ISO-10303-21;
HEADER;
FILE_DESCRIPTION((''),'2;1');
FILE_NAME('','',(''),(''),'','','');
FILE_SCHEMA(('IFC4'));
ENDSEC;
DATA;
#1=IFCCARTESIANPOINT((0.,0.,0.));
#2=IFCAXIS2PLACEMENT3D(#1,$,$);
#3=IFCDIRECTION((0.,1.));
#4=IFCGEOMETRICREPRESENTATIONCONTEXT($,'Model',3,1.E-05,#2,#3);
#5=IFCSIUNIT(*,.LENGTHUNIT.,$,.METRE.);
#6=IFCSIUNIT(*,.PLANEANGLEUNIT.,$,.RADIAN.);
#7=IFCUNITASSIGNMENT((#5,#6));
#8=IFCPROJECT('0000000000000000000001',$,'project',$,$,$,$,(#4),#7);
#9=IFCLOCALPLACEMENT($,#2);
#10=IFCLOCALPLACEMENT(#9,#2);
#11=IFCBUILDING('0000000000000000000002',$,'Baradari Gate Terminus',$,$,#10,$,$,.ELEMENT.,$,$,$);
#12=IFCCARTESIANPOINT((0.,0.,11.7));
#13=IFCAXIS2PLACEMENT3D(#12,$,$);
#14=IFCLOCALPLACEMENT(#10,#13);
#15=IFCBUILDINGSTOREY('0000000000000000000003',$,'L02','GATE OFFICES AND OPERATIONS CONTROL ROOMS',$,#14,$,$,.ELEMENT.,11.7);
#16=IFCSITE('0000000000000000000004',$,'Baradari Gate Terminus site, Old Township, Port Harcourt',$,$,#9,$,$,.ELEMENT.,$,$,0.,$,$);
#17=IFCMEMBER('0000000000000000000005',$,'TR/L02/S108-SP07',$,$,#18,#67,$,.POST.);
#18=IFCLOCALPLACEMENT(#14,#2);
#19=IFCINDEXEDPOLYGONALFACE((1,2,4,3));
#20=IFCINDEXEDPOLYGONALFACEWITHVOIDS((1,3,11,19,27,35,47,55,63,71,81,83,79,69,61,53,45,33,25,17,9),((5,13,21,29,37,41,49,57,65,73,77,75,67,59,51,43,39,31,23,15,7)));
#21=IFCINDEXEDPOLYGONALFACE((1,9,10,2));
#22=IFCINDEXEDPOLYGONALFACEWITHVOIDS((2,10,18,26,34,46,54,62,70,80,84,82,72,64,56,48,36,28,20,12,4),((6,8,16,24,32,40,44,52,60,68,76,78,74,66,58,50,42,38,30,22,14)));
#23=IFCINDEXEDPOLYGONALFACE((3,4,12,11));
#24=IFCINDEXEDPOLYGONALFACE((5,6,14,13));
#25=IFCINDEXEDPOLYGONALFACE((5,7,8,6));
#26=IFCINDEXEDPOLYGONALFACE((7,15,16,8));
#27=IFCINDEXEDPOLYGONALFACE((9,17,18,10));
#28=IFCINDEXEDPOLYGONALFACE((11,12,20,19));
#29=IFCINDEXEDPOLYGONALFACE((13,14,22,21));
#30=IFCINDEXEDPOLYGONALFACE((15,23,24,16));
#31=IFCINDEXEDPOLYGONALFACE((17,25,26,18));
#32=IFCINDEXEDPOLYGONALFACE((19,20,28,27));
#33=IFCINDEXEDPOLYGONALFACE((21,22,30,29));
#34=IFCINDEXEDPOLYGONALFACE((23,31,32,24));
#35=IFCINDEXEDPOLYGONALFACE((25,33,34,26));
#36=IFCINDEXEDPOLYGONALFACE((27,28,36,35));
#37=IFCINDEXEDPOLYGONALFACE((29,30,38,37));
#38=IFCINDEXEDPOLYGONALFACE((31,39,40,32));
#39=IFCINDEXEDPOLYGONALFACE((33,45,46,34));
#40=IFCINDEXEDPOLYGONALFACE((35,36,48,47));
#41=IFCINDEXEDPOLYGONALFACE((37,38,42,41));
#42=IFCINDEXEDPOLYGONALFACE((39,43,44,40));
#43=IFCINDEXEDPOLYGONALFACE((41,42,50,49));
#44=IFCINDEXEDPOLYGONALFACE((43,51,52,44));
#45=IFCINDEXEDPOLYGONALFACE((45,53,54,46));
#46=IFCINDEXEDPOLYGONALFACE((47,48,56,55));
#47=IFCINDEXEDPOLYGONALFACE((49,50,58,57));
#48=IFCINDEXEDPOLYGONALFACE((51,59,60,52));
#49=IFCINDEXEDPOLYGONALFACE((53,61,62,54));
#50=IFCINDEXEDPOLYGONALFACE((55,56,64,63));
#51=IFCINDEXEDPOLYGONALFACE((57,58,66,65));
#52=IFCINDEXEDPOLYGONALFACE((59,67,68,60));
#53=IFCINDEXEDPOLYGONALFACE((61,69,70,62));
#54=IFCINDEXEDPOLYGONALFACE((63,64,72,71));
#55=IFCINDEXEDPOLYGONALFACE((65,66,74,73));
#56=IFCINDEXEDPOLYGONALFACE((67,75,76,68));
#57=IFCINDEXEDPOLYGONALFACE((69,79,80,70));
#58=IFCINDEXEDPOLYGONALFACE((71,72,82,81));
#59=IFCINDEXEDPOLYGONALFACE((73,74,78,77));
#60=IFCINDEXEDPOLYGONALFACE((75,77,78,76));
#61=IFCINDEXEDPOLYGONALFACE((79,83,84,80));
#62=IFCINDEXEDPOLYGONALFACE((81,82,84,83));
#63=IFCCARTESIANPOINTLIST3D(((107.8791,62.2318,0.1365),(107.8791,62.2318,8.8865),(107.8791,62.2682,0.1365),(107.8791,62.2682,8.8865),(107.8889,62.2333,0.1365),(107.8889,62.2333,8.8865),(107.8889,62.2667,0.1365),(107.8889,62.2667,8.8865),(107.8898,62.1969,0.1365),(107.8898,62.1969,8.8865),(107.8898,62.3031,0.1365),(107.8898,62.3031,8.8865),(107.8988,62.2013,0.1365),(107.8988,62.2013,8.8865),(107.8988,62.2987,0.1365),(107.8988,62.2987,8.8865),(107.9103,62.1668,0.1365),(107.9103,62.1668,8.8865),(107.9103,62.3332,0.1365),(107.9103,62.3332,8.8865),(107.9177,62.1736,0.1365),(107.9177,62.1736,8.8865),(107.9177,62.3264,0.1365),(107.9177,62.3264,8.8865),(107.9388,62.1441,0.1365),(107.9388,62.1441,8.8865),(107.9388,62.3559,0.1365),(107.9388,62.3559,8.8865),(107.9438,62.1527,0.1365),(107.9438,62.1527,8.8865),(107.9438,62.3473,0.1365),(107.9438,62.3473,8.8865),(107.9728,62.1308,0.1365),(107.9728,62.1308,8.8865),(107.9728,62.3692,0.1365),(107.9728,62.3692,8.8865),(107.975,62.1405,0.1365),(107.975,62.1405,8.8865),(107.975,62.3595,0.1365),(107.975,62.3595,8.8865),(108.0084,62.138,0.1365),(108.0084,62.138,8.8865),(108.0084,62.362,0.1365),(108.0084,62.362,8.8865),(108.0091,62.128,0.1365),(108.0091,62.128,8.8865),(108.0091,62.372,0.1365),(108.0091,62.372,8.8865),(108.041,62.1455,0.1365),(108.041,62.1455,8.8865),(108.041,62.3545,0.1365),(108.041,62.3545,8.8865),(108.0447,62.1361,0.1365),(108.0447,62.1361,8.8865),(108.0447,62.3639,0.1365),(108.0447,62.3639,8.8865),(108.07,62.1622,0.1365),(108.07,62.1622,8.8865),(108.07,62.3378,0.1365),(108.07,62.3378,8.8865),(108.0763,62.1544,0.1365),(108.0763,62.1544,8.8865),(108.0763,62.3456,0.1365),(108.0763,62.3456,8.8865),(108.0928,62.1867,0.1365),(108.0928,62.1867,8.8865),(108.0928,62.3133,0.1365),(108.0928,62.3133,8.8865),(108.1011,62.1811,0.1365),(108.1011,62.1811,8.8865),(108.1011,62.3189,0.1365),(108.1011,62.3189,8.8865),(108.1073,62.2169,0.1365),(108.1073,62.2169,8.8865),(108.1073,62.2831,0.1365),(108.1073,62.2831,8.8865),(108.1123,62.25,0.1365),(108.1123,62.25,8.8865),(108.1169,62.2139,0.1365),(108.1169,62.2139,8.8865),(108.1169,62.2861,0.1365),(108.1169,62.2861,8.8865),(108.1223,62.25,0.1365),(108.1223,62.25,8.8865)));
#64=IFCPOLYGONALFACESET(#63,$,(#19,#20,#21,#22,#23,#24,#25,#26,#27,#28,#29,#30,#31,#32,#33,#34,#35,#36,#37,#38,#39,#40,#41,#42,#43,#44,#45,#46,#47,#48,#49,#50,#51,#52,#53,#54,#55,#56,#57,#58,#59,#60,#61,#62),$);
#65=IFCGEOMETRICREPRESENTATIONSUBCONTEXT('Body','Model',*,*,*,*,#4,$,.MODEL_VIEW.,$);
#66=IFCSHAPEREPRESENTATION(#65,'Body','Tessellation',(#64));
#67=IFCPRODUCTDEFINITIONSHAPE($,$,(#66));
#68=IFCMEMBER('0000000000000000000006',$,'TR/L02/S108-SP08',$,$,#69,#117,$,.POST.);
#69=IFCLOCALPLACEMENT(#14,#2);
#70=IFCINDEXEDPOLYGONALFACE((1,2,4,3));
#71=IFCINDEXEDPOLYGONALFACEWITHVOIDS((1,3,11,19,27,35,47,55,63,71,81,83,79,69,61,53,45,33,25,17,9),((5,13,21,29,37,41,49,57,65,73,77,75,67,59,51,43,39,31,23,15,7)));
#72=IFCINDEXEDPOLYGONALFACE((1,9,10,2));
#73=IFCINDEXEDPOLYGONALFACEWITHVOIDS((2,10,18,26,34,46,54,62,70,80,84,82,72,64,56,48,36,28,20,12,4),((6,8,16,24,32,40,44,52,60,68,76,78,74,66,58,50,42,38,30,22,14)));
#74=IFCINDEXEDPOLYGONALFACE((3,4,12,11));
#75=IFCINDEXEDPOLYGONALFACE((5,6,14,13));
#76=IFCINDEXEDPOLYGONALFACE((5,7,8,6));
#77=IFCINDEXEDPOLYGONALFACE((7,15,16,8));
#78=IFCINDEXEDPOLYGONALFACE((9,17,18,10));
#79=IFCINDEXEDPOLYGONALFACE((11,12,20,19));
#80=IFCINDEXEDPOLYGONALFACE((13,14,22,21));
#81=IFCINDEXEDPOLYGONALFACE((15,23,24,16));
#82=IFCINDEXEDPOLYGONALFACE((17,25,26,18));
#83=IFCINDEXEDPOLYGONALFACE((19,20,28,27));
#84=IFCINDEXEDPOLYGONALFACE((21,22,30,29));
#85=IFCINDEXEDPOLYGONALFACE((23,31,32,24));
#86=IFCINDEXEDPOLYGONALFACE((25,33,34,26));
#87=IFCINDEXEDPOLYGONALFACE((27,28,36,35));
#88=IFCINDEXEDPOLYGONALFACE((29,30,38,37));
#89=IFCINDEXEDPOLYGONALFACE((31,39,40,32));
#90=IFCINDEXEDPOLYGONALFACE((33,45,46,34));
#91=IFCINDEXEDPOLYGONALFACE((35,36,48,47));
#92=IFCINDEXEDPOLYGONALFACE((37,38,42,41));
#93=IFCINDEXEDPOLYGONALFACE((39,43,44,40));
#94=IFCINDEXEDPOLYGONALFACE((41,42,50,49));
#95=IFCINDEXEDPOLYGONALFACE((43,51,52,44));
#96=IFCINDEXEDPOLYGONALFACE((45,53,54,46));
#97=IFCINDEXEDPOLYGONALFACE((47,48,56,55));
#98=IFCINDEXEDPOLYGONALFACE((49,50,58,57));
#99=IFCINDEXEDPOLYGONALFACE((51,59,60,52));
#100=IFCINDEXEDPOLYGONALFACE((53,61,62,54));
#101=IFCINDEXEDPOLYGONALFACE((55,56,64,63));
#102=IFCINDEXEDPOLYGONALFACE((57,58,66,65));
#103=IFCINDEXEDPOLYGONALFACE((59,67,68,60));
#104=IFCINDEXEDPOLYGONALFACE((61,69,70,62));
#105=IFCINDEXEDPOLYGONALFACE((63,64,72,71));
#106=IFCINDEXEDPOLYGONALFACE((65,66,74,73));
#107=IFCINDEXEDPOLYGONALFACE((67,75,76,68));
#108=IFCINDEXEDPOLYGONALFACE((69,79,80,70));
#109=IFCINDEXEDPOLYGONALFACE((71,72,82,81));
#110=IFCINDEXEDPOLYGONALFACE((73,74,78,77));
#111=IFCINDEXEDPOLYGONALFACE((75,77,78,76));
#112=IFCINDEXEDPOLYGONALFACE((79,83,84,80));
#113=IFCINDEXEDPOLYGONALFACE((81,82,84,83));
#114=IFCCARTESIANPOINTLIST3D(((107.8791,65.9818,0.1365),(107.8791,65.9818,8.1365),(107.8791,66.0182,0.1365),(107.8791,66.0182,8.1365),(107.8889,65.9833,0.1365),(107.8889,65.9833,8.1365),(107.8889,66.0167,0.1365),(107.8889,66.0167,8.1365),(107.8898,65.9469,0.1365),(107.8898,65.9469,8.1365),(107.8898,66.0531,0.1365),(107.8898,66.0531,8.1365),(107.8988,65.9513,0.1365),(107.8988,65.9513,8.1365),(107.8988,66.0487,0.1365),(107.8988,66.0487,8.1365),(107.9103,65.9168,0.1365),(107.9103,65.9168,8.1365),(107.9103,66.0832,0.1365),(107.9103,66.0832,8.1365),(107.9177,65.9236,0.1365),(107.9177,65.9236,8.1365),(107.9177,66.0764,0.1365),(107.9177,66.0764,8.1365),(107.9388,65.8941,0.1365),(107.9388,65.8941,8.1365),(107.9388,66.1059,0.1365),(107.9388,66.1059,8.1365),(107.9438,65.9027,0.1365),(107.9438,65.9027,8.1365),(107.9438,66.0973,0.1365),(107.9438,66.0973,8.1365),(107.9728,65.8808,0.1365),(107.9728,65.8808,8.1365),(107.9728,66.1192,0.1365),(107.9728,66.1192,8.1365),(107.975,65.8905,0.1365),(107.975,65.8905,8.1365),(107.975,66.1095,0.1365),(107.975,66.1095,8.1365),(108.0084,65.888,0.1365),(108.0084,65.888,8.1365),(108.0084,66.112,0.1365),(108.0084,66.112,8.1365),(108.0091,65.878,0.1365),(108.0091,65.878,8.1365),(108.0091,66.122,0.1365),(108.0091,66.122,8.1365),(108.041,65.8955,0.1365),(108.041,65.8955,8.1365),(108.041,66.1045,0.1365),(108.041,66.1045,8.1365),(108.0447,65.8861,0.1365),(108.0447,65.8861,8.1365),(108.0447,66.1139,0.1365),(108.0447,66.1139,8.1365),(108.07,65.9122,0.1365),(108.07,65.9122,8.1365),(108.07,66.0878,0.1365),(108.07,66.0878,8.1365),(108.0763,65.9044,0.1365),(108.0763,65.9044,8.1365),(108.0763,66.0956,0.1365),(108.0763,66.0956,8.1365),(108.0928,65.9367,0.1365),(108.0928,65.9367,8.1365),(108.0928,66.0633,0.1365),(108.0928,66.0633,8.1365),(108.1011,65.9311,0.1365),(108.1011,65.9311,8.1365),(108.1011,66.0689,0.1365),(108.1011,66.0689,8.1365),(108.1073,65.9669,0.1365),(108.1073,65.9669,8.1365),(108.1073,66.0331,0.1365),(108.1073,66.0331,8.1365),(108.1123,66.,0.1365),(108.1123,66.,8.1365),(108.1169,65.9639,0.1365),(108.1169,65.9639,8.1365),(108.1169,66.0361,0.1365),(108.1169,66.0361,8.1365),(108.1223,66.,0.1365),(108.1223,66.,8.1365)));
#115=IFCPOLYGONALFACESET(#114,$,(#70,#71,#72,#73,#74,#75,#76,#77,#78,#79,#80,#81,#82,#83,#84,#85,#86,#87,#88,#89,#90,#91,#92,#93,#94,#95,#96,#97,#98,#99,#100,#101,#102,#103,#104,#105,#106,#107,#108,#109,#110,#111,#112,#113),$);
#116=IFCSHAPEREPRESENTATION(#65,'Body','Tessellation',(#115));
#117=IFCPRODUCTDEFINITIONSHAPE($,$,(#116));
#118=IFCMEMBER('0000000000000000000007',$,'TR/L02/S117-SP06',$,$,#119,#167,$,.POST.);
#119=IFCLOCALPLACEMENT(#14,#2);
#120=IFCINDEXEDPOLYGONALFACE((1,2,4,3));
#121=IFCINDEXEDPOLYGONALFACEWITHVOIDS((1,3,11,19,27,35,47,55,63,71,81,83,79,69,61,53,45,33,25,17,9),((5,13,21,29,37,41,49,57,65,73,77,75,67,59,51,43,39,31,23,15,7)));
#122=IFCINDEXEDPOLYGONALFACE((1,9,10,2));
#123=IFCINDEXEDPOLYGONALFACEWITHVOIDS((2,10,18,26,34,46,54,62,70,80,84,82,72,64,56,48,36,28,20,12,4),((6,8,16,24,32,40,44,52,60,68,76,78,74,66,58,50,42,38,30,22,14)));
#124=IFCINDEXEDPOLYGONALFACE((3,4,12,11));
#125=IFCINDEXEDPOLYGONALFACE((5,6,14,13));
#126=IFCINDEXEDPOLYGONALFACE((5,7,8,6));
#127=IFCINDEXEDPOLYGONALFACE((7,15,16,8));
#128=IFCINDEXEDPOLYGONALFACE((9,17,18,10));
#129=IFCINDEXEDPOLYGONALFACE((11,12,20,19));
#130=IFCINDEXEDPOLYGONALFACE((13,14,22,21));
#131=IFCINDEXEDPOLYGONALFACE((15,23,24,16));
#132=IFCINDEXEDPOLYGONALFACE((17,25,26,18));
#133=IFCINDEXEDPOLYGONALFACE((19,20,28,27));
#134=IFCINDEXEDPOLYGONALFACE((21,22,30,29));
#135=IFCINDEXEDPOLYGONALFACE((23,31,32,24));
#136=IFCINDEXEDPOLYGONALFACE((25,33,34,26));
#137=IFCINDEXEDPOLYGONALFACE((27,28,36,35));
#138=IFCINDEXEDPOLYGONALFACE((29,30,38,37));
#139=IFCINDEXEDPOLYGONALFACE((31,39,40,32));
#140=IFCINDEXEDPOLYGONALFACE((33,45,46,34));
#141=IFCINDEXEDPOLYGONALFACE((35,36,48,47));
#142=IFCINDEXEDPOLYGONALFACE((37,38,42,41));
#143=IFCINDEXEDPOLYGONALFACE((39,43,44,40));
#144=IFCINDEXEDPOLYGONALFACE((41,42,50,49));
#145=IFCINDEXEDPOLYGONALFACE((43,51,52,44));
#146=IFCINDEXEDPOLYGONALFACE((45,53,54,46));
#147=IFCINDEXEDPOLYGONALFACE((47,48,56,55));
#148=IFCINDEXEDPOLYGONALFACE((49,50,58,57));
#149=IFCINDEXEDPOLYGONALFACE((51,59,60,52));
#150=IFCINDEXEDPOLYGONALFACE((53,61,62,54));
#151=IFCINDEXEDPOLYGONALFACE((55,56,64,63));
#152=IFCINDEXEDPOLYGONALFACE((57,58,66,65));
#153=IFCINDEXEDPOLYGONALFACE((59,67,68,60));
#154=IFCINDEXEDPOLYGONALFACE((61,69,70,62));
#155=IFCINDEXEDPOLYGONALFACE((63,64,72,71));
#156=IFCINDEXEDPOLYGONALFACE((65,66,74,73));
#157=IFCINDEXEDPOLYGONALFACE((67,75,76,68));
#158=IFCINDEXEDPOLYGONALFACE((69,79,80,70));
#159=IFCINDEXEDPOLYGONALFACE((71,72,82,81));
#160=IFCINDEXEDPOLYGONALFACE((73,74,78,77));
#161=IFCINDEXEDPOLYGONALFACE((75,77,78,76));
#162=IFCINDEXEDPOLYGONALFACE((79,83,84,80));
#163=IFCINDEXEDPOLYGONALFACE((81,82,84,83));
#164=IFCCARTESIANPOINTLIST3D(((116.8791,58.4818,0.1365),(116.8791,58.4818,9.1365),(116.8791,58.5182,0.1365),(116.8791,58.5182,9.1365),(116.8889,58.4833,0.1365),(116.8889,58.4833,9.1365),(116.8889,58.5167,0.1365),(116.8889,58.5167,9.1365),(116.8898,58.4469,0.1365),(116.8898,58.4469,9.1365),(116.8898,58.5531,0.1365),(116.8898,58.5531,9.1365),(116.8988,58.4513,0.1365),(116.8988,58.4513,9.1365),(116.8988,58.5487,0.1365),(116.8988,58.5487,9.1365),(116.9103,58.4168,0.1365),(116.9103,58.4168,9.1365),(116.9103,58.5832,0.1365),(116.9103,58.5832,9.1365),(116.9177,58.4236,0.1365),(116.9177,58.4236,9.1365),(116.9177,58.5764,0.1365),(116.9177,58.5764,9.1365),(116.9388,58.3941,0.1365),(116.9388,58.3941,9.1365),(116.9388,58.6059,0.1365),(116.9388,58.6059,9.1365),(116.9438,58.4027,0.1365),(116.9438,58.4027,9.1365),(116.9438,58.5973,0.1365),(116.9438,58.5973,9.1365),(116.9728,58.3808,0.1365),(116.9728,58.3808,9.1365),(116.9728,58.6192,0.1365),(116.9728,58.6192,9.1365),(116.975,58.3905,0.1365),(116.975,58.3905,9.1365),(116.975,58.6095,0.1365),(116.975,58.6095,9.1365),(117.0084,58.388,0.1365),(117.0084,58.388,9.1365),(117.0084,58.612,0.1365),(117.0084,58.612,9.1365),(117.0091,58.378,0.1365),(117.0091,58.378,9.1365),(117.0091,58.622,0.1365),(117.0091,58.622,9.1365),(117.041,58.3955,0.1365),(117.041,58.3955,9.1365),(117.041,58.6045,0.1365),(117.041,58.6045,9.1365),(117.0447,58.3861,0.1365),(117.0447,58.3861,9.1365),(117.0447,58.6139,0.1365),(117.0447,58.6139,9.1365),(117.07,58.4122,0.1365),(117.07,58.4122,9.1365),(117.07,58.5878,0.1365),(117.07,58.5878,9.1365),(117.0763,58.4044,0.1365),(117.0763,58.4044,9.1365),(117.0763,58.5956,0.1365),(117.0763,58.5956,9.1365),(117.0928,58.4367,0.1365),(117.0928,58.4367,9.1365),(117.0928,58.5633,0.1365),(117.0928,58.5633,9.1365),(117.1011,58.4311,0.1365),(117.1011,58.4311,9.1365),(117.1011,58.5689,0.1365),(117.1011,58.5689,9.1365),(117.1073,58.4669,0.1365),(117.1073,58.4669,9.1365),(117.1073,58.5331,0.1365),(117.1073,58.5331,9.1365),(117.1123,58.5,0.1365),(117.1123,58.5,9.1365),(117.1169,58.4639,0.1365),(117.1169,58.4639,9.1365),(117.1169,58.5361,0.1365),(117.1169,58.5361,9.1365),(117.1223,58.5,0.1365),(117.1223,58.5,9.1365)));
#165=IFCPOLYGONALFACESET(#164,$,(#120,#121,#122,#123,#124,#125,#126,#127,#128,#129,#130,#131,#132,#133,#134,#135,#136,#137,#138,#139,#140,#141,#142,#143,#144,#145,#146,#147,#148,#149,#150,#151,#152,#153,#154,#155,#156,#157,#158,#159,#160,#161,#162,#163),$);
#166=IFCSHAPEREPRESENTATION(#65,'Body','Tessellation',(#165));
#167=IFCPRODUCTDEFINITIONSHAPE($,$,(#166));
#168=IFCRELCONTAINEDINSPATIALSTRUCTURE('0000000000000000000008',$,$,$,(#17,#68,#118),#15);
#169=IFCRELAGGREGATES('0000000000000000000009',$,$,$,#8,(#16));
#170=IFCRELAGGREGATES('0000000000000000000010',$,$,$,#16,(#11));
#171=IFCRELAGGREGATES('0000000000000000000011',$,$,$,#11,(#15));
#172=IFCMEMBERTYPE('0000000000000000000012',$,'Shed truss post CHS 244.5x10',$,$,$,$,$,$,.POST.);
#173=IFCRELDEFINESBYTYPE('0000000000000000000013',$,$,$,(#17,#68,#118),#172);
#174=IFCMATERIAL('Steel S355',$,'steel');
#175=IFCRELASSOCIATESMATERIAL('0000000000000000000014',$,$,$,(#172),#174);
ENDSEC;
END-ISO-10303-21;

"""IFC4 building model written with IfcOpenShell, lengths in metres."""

from ifc_helpers import new_model, si_unit, direction, frame, origin, origin_2d, place, context, subcontext, project, spatial, hollow_circle, extrude, material, material_profile, profile_set, type_object, element, save


model = new_model("IFC4")

# Units and contexts
model_context = context("Model", 3, precision=1e-05, world=origin(), true_north=direction((0.0, 1.0)))
body_context = subcontext(model_context, "Body", "Model", "MODEL_VIEW")
ifc_project = project(units=[si_unit("LENGTHUNIT", "METRE"), si_unit("PLANEANGLEUNIT", "RADIAN")], contexts=[model_context])

# Site, building, storey
site_placement = place(None, origin())
site = spatial("IfcSite", under=ifc_project, at=site_placement, Name="Baradari Gate Terminus site, Old Township, Port Harcourt", CompositionType="ELEMENT", RefElevation=0.0)
building_placement = place(site_placement, origin())
building = spatial("IfcBuilding", under=site, at=building_placement, Name="Baradari Gate Terminus", CompositionType="ELEMENT")
storey_placement = place(building_placement, frame((0.0, 0.0, 11.7)))
storey = spatial("IfcBuildingStorey", under=building, at=storey_placement, Name="L02", Description="GATE OFFICES AND OPERATIONS CONTROL ROOMS", CompositionType="ELEMENT", Elevation=11.7)

# Members
ifc_material_1 = material(Name="Steel S355", Category="steel")
ifc_material_profile_1 = material_profile(ifc_material_1, hollow_circle(Radius=0.1223, WallThickness=0.01, at=origin_2d()), Name="CHS 244.5x10")
ifc_profile_set_1 = profile_set([ifc_material_profile_1], Name="Steel S355")
member_type_1 = type_object("IfcMemberType", Name="Shed truss post CHS 244.5x10", PredefinedType="POST", material=ifc_profile_set_1)
member_1_placement = place(storey_placement, frame((108.0, 62.25, 0.1365), z_axis=(0.0, 0.0, 1.0), x_axis=(1.0, 0.0, 0.0)))
element("IfcMember", 1, at=member_1_placement, inside=storey, type_object=member_type_1, Name="TR/L02/S108-SP07", PredefinedType="POST", context=body_context, shape_type="SweptSolid", body=[
    extrude(hollow_circle(Radius=0.1223, WallThickness=0.01, at=origin_2d()), origin(), (0.0, 0.0, 1.0), 8.75),
])
member_2_placement = place(storey_placement, frame((108.0, 66.0, 0.1365), z_axis=(0.0, 0.0, 1.0), x_axis=(1.0, 0.0, 0.0)))
element("IfcMember", 2, at=member_2_placement, inside=storey, type_object=member_type_1, Name="TR/L02/S108-SP08", PredefinedType="POST", context=body_context, shape_type="SweptSolid", body=[
    extrude(hollow_circle(Radius=0.1223, WallThickness=0.01, at=origin_2d()), origin(), (0.0, 0.0, 1.0), 8.0),
])
member_3_placement = place(storey_placement, frame((117.0, 58.5, 0.1365), z_axis=(0.0, 0.0, 1.0), x_axis=(1.0, 0.0, 0.0)))
element("IfcMember", 3, at=member_3_placement, inside=storey, type_object=member_type_1, Name="TR/L02/S117-SP06", PredefinedType="POST", context=body_context, shape_type="SweptSolid", body=[
    extrude(hollow_circle(Radius=0.1223, WallThickness=0.01, at=origin_2d()), origin(), (0.0, 0.0, 1.0), 9.0),
])

save(model, "model.ifc")
